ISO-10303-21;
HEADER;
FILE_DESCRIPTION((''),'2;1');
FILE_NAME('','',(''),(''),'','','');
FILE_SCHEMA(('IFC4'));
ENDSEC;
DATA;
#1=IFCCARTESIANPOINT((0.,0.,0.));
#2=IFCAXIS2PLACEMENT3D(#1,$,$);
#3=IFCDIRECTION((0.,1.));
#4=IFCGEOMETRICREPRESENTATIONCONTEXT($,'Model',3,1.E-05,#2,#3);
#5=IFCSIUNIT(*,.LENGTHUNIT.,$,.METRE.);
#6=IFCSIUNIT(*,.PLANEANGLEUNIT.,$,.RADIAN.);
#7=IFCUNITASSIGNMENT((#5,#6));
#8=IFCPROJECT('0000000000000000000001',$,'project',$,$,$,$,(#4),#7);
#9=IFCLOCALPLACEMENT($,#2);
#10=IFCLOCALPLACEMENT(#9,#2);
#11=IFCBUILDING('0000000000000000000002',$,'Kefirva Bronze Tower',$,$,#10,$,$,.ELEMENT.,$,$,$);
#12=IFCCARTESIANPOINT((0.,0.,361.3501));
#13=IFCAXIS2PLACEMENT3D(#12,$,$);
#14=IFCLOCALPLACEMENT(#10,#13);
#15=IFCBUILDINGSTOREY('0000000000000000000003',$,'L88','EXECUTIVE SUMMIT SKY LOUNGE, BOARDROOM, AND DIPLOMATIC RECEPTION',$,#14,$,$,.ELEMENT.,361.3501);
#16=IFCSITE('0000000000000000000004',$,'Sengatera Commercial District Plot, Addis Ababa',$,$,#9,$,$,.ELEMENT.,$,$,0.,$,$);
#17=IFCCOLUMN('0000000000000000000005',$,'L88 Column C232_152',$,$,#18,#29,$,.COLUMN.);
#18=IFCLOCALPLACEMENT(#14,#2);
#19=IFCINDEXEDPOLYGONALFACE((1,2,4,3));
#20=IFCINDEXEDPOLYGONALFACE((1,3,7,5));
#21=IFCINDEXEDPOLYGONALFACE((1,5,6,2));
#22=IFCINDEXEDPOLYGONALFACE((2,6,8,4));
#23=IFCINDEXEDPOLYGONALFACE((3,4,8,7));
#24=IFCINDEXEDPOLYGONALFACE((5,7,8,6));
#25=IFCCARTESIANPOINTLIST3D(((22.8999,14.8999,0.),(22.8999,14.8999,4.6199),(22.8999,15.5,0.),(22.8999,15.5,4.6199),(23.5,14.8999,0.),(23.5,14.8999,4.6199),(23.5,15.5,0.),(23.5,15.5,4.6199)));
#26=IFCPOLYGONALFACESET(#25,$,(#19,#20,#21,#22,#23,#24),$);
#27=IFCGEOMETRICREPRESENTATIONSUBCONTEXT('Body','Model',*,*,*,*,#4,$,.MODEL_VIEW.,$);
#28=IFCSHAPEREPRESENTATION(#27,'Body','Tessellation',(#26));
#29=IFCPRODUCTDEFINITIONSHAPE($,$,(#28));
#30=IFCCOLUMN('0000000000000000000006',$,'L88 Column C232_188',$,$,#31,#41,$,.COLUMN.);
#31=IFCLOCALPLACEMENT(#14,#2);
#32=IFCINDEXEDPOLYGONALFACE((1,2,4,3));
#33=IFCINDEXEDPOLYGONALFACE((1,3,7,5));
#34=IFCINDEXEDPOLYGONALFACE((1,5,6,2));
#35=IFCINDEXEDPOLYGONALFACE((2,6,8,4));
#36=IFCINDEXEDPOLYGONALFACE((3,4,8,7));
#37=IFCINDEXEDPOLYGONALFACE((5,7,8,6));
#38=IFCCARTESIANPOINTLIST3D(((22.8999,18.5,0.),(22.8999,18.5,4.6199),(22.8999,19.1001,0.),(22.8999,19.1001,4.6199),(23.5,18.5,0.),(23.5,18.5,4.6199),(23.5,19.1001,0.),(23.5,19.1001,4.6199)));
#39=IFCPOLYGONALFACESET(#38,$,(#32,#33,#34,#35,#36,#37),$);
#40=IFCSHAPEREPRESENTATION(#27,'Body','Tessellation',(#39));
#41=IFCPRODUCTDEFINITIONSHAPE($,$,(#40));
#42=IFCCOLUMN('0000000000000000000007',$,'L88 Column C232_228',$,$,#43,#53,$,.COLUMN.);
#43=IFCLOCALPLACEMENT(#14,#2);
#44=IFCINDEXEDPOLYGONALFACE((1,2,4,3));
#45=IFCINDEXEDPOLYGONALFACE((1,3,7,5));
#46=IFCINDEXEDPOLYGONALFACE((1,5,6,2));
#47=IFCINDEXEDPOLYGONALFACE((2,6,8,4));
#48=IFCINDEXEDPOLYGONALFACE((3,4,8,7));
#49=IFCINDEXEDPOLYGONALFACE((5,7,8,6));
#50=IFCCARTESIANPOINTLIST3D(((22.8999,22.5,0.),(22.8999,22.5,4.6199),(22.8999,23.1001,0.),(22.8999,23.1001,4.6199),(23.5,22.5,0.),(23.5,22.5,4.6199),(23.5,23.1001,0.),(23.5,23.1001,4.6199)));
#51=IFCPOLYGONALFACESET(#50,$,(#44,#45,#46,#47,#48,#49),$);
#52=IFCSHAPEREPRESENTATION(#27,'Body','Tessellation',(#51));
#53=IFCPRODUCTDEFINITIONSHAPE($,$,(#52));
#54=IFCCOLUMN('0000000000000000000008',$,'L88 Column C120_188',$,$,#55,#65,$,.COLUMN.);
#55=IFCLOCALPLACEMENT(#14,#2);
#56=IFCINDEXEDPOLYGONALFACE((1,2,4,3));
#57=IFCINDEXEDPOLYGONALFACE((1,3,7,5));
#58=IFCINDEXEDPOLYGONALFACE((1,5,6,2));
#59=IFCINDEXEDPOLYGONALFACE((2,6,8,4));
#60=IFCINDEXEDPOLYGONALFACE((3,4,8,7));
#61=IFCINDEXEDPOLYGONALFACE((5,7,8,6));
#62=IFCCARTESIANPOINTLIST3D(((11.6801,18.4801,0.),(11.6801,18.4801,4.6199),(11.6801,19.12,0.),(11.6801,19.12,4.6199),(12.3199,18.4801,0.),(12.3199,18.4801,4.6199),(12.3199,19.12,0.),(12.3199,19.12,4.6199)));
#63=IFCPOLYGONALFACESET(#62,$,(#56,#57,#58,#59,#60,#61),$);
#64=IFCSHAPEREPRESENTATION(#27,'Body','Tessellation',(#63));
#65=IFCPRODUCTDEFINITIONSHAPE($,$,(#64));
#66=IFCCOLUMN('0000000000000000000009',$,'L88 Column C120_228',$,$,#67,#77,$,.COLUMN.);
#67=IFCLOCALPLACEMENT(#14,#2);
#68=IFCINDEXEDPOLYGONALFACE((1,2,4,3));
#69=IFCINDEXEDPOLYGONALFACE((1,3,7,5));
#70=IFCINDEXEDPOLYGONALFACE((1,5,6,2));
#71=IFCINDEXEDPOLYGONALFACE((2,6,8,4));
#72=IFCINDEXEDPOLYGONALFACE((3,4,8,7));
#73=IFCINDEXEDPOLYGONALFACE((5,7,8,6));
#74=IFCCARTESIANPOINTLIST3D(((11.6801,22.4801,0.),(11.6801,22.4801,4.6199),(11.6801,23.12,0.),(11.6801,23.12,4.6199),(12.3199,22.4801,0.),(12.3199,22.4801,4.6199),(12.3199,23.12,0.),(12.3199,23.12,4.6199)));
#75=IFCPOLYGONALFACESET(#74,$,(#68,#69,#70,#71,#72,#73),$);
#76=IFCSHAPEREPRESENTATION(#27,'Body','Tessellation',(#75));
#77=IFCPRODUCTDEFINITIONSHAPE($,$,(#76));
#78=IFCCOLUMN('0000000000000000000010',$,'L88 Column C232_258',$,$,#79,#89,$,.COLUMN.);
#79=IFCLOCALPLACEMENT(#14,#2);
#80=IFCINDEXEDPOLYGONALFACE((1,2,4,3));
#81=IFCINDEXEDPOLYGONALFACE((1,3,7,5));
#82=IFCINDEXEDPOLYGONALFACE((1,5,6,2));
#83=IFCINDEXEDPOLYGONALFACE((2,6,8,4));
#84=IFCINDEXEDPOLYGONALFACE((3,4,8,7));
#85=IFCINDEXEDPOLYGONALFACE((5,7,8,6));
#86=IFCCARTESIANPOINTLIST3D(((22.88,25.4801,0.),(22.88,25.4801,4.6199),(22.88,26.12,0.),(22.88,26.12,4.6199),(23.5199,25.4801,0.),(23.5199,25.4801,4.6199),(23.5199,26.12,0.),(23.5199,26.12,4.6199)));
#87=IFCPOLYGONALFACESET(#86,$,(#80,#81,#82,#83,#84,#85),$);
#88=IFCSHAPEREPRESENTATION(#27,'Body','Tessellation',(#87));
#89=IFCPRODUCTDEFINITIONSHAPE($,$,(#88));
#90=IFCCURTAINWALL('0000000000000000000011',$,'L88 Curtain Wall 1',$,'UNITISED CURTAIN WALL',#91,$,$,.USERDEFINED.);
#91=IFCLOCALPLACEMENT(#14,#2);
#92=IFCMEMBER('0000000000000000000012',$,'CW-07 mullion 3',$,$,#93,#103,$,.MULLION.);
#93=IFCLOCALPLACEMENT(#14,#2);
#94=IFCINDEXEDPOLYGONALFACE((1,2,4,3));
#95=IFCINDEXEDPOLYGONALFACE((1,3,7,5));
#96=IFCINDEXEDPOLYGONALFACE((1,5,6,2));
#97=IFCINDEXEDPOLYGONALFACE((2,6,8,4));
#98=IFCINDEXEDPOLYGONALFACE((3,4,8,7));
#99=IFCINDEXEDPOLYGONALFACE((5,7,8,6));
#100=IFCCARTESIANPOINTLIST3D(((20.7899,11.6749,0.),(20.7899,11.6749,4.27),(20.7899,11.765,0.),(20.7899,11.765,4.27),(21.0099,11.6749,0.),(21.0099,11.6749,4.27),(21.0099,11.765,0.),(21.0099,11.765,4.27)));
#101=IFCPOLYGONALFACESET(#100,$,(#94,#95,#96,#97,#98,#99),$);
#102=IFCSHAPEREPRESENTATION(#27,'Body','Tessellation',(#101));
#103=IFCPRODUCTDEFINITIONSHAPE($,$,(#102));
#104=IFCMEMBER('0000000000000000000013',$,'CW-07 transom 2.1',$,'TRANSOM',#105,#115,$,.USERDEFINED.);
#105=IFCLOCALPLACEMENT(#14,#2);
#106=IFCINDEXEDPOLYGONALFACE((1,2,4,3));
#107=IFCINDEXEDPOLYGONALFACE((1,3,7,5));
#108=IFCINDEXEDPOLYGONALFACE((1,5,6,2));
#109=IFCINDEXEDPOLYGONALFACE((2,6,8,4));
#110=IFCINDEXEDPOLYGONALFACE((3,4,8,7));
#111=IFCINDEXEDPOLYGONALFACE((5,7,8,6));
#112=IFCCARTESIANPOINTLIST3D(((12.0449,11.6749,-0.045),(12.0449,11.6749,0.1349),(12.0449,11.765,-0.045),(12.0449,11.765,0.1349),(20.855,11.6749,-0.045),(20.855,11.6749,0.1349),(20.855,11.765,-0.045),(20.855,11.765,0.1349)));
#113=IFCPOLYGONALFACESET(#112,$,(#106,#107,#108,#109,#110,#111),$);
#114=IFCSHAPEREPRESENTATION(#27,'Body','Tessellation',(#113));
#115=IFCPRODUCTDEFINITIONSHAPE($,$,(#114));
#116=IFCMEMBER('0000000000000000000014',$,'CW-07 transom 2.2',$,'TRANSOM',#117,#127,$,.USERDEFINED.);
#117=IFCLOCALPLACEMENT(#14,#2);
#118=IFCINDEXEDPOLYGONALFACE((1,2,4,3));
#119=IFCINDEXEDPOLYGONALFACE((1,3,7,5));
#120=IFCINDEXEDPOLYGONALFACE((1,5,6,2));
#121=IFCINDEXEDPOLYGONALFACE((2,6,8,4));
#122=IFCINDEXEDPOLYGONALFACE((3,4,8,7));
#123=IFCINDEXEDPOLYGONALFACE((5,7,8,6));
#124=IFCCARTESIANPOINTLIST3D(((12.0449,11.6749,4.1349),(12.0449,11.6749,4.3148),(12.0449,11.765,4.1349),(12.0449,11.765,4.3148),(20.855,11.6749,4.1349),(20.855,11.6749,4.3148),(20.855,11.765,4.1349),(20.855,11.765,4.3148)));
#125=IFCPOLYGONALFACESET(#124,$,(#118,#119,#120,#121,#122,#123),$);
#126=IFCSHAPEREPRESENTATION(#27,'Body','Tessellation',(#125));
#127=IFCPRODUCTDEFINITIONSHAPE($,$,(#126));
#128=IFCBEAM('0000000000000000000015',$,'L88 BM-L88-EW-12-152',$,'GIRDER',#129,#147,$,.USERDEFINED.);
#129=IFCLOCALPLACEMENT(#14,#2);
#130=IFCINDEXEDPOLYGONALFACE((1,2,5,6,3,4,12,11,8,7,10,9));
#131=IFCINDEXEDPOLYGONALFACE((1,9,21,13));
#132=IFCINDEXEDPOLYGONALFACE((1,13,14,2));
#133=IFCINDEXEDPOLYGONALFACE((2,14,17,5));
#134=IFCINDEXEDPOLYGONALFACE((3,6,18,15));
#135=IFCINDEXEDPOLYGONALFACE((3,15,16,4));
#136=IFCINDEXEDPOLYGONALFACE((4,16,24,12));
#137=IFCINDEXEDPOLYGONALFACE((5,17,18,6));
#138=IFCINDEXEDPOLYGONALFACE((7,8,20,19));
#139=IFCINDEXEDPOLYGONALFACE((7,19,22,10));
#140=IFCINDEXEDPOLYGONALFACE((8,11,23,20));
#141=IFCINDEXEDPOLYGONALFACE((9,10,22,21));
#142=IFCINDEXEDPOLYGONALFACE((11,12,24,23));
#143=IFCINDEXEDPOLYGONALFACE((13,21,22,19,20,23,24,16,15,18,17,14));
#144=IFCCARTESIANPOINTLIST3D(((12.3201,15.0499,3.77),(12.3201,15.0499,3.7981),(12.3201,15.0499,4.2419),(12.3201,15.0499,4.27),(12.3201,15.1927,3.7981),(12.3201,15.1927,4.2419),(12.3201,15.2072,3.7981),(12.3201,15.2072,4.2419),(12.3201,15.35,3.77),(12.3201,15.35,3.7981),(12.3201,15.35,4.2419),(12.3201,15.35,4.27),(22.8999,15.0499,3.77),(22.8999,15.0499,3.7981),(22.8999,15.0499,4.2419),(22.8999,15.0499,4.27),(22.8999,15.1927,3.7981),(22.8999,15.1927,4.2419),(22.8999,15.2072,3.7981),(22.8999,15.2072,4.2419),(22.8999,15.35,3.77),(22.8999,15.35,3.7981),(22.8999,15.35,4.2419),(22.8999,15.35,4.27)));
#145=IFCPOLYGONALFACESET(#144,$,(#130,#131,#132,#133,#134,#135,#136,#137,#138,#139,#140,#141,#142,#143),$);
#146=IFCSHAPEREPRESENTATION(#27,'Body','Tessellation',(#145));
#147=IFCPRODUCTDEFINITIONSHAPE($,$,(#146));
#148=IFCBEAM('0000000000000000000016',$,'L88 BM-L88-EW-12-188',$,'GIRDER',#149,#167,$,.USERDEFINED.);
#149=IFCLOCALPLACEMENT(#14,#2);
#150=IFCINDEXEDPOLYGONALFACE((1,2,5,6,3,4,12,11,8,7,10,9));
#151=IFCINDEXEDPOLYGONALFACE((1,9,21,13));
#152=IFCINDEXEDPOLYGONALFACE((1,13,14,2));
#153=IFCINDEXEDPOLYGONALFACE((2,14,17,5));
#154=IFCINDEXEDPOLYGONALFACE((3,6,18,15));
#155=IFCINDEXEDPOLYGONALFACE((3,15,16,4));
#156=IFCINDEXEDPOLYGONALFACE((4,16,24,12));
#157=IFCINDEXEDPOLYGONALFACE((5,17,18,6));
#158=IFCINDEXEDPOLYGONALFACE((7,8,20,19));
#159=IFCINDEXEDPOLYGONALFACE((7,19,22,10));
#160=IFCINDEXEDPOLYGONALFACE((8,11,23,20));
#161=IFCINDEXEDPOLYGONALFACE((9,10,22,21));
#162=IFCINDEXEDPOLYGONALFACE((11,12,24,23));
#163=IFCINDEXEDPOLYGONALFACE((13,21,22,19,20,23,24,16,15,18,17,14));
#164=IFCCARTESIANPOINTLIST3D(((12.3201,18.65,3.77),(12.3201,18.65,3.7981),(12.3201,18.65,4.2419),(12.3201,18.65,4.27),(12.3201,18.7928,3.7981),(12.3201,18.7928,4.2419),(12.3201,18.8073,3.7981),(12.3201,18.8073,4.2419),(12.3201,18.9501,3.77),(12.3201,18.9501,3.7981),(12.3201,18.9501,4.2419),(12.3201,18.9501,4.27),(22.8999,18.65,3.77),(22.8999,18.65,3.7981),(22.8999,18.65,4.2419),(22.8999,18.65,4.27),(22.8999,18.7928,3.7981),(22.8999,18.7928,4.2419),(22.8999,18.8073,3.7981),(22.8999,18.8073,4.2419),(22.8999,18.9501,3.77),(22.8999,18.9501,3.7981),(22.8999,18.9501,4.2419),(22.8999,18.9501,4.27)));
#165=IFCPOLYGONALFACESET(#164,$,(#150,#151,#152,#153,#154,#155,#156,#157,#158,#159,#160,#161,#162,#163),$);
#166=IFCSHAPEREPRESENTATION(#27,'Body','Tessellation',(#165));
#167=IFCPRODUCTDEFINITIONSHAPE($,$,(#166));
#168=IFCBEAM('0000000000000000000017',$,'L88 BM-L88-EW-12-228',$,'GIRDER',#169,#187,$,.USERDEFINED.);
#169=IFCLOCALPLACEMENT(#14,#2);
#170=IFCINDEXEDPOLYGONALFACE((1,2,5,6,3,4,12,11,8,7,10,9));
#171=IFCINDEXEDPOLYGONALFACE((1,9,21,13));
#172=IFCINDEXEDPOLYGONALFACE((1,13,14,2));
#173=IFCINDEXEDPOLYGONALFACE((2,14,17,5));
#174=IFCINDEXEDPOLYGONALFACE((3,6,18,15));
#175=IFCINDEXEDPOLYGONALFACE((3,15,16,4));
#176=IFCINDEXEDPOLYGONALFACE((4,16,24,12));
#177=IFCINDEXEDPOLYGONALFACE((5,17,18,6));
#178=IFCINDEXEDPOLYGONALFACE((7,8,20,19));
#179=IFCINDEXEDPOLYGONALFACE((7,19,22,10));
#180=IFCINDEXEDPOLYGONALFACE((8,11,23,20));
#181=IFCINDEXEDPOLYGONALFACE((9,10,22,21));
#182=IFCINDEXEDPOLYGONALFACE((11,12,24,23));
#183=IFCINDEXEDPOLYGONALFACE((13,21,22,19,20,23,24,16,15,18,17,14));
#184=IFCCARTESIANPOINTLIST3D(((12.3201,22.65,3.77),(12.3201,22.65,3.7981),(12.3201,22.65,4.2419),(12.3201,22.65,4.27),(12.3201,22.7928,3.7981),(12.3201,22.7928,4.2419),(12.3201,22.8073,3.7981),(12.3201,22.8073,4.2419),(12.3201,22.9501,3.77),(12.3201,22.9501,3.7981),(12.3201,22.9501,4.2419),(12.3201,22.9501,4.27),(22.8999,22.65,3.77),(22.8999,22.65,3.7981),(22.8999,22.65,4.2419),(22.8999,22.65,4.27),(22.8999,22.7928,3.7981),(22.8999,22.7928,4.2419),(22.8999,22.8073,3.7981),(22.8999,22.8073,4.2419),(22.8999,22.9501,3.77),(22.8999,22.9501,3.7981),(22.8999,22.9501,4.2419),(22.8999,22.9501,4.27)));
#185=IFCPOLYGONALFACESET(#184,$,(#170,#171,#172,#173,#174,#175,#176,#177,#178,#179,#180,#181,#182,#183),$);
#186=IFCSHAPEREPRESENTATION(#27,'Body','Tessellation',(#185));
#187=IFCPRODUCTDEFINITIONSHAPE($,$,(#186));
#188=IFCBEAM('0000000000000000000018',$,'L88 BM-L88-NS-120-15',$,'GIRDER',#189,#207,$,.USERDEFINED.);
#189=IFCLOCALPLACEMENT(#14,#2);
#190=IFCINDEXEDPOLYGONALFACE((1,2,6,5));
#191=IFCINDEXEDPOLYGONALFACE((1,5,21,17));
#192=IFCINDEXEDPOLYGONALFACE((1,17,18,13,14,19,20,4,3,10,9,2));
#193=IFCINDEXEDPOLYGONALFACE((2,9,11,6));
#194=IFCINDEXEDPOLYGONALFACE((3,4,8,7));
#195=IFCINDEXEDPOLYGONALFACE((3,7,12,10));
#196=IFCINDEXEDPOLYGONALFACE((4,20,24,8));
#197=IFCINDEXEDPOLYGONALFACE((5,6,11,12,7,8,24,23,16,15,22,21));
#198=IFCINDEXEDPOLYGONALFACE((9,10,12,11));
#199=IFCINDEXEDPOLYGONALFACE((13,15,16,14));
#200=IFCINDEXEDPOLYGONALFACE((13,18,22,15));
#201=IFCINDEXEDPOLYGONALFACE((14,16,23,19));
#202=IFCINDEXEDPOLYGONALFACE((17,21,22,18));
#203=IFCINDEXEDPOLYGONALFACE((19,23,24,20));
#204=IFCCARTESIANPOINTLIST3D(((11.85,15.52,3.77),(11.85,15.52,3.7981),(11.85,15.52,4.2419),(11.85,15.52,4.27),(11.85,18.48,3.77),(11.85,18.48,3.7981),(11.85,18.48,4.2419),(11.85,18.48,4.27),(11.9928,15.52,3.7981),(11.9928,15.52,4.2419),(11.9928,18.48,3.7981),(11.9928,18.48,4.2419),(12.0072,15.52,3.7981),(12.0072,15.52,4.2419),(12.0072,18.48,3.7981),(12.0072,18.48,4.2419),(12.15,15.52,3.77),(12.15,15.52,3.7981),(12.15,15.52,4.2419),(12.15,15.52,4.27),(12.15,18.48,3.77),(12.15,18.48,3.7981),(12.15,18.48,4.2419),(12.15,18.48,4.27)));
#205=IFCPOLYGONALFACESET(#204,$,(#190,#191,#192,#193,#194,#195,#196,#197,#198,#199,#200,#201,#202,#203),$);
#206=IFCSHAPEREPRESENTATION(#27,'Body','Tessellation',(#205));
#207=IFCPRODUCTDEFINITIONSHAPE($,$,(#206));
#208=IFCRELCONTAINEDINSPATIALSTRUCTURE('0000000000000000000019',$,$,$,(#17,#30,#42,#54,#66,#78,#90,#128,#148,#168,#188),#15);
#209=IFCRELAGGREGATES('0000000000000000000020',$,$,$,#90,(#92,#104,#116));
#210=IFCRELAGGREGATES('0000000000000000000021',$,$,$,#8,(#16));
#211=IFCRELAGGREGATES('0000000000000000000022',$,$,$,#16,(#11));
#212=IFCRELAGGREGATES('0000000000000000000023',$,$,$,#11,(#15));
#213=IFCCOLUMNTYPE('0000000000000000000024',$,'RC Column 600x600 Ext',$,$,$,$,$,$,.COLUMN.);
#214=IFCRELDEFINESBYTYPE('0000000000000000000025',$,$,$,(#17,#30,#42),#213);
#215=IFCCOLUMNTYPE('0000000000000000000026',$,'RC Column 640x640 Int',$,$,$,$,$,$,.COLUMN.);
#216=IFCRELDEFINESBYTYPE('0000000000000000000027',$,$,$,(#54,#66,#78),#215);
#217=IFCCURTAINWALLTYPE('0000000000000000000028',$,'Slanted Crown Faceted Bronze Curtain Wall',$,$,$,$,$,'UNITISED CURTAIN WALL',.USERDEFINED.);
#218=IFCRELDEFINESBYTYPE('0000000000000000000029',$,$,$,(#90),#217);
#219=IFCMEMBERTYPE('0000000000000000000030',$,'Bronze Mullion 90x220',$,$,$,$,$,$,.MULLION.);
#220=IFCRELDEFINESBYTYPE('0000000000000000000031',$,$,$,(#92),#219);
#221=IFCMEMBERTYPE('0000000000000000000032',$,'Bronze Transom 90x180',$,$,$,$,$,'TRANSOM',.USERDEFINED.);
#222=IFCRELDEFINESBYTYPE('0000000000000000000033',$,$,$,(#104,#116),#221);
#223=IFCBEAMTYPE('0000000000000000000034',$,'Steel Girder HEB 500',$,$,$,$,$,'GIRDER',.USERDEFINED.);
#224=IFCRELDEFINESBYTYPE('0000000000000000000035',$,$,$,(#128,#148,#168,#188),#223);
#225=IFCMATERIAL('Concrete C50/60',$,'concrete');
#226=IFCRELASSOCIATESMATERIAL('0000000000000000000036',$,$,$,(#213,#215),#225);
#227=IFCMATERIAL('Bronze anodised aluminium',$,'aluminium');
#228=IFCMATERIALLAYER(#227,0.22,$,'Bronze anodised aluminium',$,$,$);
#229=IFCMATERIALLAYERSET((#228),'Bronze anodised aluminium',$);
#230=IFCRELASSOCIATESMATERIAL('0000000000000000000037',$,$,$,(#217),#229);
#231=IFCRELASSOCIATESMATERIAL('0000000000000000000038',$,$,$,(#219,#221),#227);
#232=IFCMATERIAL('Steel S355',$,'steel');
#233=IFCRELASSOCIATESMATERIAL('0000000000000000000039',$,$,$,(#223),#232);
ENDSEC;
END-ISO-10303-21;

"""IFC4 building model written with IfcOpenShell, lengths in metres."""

from ifc_helpers import new_model, si_unit, direction, frame, origin, origin_2d, place, context, subcontext, project, spatial, rectangle, i_section, extrude, material, layer, layer_set, material_profile, profile_set, type_object, element, aggregate, save


model = new_model("IFC4")

# Units and contexts
model_context = context("Model", 3, precision=1e-05, world=origin(), true_north=direction((0.0, 1.0)))
body_context = subcontext(model_context, "Body", "Model", "MODEL_VIEW")
ifc_project = project(units=[si_unit("LENGTHUNIT", "METRE"), si_unit("PLANEANGLEUNIT", "RADIAN")], contexts=[model_context])

# Site, building, storey
site_placement = place(None, origin())
site = spatial("IfcSite", under=ifc_project, at=site_placement, Name="Sengatera Commercial District Plot, Addis Ababa", CompositionType="ELEMENT", RefElevation=0.0)
building_placement = place(site_placement, origin())
building = spatial("IfcBuilding", under=site, at=building_placement, Name="Kefirva Bronze Tower", CompositionType="ELEMENT")
storey_placement = place(building_placement, frame((0.0, 0.0, 361.3501)))
storey = spatial("IfcBuildingStorey", under=building, at=storey_placement, Name="L88", Description="EXECUTIVE SUMMIT SKY LOUNGE, BOARDROOM, AND DIPLOMATIC RECEPTION", CompositionType="ELEMENT", Elevation=361.3501)

# Columns
ifc_material_1 = material(Name="Concrete C50/60", Category="concrete")
ifc_material_profile_1 = material_profile(ifc_material_1, rectangle(XDim=0.6001, YDim=0.6001, at=origin_2d()), Name="RC 600x600")
ifc_profile_set_1 = profile_set([ifc_material_profile_1], Name="Concrete C50/60")
column_type_1 = type_object("IfcColumnType", Name="RC Column 600x600 Ext", PredefinedType="COLUMN", material=ifc_profile_set_1)
for number, where, z_axis, x_axis, name in (
    (1, (23.2, 15.2, 0.0), (0.0, 0.0, 1.0), (1.0, 0.0, 0.0), "L88 Column C232_152"),
    (2, (23.2, 18.8, 0.0), (0.0, 0.0, 1.0), (1.0, 0.0, 0.0), "L88 Column C232_188"),
    (3, (23.2, 22.8, 0.0), (0.0, 0.0, 1.0), (1.0, 0.0, 0.0), "L88 Column C232_228"),
):
    element("IfcColumn", number, at=place(storey_placement, frame(where, z_axis=z_axis, x_axis=x_axis)), inside=storey, type_object=column_type_1, Name=name, PredefinedType="COLUMN", context=body_context, shape_type="SweptSolid", body=[
        extrude(rectangle(XDim=0.6001, YDim=0.6001, at=origin_2d()), origin(), (0.0, 0.0, 1.0), 4.6199),
    ])
ifc_material_profile_2 = material_profile(ifc_material_1, rectangle(XDim=0.6399, YDim=0.6399, at=origin_2d()), Name="RC 640x640")
ifc_profile_set_2 = profile_set([ifc_material_profile_2], Name="Concrete C50/60")
column_type_2 = type_object("IfcColumnType", Name="RC Column 640x640 Int", PredefinedType="COLUMN", material=ifc_profile_set_2)
for number, where, z_axis, x_axis, name in (
    (4, (12.0, 18.8, 0.0), (0.0, 0.0, 1.0), (1.0, 0.0, 0.0), "L88 Column C120_188"),
    (5, (12.0, 22.8, 0.0), (0.0, 0.0, 1.0), (1.0, 0.0, 0.0), "L88 Column C120_228"),
    (6, (23.2, 25.8, 0.0), (0.0, 0.0, 1.0), (1.0, 0.0, 0.0), "L88 Column C232_258"),
):
    element("IfcColumn", number, at=place(storey_placement, frame(where, z_axis=z_axis, x_axis=x_axis)), inside=storey, type_object=column_type_2, Name=name, PredefinedType="COLUMN", context=body_context, shape_type="SweptSolid", body=[
        extrude(rectangle(XDim=0.6399, YDim=0.6399, at=origin_2d()), origin(), (0.0, 0.0, 1.0), 4.6199),
    ])

# Curtain wall, members
ifc_material_2 = material(Name="Bronze anodised aluminium", Category="aluminium")
ifc_layer_1 = layer(ifc_material_2, 0.22, Name="Bronze anodised aluminium")
ifc_layer_set_1 = layer_set([ifc_layer_1], Name="Bronze anodised aluminium")
curtain_wall_type = type_object("IfcCurtainWallType", Name="Slanted Crown Faceted Bronze Curtain Wall", ElementType="UNITISED CURTAIN WALL", PredefinedType="USERDEFINED", material=ifc_layer_set_1)
curtain_wall_placement = place(storey_placement, origin())
curtain_wall = element("IfcCurtainWall", 7, at=curtain_wall_placement, inside=storey, type_object=curtain_wall_type, Name="L88 Curtain Wall 1", ObjectType="UNITISED CURTAIN WALL", PredefinedType="USERDEFINED")
ifc_material_profile_3 = material_profile(ifc_material_2, rectangle(XDim=0.0901, YDim=0.22, at=origin_2d()), Name="ALU 90x220")
ifc_profile_set_3 = profile_set([ifc_material_profile_3], Name="Bronze anodised aluminium")
member_type_1 = type_object("IfcMemberType", Name="Bronze Mullion 90x220", PredefinedType="MULLION", material=ifc_profile_set_3)
member_1_placement = place(storey_placement, frame((20.8999, 11.72, 0.0), z_axis=(0.0, 0.0, 1.0), x_axis=(0.0, 1.0, 0.0)))
member_1 = element("IfcMember", 8, at=member_1_placement, type_object=member_type_1, Name="CW-07 mullion 3", PredefinedType="MULLION", context=body_context, shape_type="SweptSolid", body=[
    extrude(rectangle(XDim=0.0901, YDim=0.22, at=origin_2d()), origin(), (0.0, 0.0, 1.0), 4.27),
])
ifc_material_profile_4 = material_profile(ifc_material_2, rectangle(XDim=0.0901, YDim=0.1799, at=origin_2d()), Name="ALU 90x180")
ifc_profile_set_4 = profile_set([ifc_material_profile_4], Name="Bronze anodised aluminium")
member_type_2 = type_object("IfcMemberType", Name="Bronze Transom 90x180", ElementType="TRANSOM", PredefinedType="USERDEFINED", material=ifc_profile_set_4)
member_2_placement = place(storey_placement, frame((12.0449, 11.72, 0.0449), z_axis=(1.0, 0.0, 0.0), x_axis=(0.0, 1.0, 0.0)))
member_2 = element("IfcMember", 9, at=member_2_placement, type_object=member_type_2, Name="CW-07 transom 2.1", ObjectType="TRANSOM", PredefinedType="USERDEFINED", context=body_context, shape_type="SweptSolid", body=[
    extrude(rectangle(XDim=0.0901, YDim=0.1799, at=origin_2d()), origin(), (0.0, 0.0, 1.0), 8.8101),
])
member_3_placement = place(storey_placement, frame((12.0449, 11.72, 4.2249), z_axis=(1.0, 0.0, 0.0), x_axis=(0.0, 1.0, 0.0)))
member_3 = element("IfcMember", 10, at=member_3_placement, type_object=member_type_2, Name="CW-07 transom 2.2", ObjectType="TRANSOM", PredefinedType="USERDEFINED", context=body_context, shape_type="SweptSolid", body=[
    extrude(rectangle(XDim=0.0901, YDim=0.1799, at=origin_2d()), origin(), (0.0, 0.0, 1.0), 8.8101),
])

# Beams
ifc_material_3 = material(Name="Steel S355", Category="steel")
ifc_material_profile_5 = material_profile(ifc_material_3, i_section(OverallWidth=0.3, OverallDepth=0.5, WebThickness=0.0144, FlangeThickness=0.0281, at=origin_2d()), Name="HEB 500")
ifc_profile_set_5 = profile_set([ifc_material_profile_5], Name="Steel S355")
beam_type_1 = type_object("IfcBeamType", Name="Steel Girder HEB 500", ElementType="GIRDER", PredefinedType="USERDEFINED", material=ifc_profile_set_5)
for number, where, z_axis, x_axis, name in (
    (11, (12.3201, 15.2, 4.02), (1.0, 0.0, 0.0), (0.0, 1.0, 0.0), "L88 BM-L88-EW-12-152"),
    (12, (12.3201, 18.8, 4.02), (1.0, 0.0, 0.0), (0.0, 1.0, 0.0), "L88 BM-L88-EW-12-188"),
    (13, (12.3201, 22.8, 4.02), (1.0, 0.0, 0.0), (0.0, 1.0, 0.0), "L88 BM-L88-EW-12-228"),
):
    element("IfcBeam", number, at=place(storey_placement, frame(where, z_axis=z_axis, x_axis=x_axis)), inside=storey, type_object=beam_type_1, Name=name, ObjectType="GIRDER", PredefinedType="USERDEFINED", context=body_context, shape_type="SweptSolid", body=[
        extrude(i_section(OverallWidth=0.3, OverallDepth=0.5, WebThickness=0.0144, FlangeThickness=0.0281, at=origin_2d()), origin(), (0.0, 0.0, 1.0), 10.5798),
    ])
beam_1_placement = place(storey_placement, frame((12.0, 15.52, 4.02), z_axis=(0.0, 1.0, 0.0), x_axis=(-1.0, 0.0, 0.0)))
element("IfcBeam", 14, at=beam_1_placement, inside=storey, type_object=beam_type_1, Name="L88 BM-L88-NS-120-15", ObjectType="GIRDER", PredefinedType="USERDEFINED", context=body_context, shape_type="SweptSolid", body=[
    extrude(i_section(OverallWidth=0.3, OverallDepth=0.5, WebThickness=0.0144, FlangeThickness=0.0281, at=origin_2d()), origin(), (0.0, 0.0, 1.0), 2.96),
])

aggregate(curtain_wall, [member_1, member_2, member_3])

save(model, "model.ifc")
